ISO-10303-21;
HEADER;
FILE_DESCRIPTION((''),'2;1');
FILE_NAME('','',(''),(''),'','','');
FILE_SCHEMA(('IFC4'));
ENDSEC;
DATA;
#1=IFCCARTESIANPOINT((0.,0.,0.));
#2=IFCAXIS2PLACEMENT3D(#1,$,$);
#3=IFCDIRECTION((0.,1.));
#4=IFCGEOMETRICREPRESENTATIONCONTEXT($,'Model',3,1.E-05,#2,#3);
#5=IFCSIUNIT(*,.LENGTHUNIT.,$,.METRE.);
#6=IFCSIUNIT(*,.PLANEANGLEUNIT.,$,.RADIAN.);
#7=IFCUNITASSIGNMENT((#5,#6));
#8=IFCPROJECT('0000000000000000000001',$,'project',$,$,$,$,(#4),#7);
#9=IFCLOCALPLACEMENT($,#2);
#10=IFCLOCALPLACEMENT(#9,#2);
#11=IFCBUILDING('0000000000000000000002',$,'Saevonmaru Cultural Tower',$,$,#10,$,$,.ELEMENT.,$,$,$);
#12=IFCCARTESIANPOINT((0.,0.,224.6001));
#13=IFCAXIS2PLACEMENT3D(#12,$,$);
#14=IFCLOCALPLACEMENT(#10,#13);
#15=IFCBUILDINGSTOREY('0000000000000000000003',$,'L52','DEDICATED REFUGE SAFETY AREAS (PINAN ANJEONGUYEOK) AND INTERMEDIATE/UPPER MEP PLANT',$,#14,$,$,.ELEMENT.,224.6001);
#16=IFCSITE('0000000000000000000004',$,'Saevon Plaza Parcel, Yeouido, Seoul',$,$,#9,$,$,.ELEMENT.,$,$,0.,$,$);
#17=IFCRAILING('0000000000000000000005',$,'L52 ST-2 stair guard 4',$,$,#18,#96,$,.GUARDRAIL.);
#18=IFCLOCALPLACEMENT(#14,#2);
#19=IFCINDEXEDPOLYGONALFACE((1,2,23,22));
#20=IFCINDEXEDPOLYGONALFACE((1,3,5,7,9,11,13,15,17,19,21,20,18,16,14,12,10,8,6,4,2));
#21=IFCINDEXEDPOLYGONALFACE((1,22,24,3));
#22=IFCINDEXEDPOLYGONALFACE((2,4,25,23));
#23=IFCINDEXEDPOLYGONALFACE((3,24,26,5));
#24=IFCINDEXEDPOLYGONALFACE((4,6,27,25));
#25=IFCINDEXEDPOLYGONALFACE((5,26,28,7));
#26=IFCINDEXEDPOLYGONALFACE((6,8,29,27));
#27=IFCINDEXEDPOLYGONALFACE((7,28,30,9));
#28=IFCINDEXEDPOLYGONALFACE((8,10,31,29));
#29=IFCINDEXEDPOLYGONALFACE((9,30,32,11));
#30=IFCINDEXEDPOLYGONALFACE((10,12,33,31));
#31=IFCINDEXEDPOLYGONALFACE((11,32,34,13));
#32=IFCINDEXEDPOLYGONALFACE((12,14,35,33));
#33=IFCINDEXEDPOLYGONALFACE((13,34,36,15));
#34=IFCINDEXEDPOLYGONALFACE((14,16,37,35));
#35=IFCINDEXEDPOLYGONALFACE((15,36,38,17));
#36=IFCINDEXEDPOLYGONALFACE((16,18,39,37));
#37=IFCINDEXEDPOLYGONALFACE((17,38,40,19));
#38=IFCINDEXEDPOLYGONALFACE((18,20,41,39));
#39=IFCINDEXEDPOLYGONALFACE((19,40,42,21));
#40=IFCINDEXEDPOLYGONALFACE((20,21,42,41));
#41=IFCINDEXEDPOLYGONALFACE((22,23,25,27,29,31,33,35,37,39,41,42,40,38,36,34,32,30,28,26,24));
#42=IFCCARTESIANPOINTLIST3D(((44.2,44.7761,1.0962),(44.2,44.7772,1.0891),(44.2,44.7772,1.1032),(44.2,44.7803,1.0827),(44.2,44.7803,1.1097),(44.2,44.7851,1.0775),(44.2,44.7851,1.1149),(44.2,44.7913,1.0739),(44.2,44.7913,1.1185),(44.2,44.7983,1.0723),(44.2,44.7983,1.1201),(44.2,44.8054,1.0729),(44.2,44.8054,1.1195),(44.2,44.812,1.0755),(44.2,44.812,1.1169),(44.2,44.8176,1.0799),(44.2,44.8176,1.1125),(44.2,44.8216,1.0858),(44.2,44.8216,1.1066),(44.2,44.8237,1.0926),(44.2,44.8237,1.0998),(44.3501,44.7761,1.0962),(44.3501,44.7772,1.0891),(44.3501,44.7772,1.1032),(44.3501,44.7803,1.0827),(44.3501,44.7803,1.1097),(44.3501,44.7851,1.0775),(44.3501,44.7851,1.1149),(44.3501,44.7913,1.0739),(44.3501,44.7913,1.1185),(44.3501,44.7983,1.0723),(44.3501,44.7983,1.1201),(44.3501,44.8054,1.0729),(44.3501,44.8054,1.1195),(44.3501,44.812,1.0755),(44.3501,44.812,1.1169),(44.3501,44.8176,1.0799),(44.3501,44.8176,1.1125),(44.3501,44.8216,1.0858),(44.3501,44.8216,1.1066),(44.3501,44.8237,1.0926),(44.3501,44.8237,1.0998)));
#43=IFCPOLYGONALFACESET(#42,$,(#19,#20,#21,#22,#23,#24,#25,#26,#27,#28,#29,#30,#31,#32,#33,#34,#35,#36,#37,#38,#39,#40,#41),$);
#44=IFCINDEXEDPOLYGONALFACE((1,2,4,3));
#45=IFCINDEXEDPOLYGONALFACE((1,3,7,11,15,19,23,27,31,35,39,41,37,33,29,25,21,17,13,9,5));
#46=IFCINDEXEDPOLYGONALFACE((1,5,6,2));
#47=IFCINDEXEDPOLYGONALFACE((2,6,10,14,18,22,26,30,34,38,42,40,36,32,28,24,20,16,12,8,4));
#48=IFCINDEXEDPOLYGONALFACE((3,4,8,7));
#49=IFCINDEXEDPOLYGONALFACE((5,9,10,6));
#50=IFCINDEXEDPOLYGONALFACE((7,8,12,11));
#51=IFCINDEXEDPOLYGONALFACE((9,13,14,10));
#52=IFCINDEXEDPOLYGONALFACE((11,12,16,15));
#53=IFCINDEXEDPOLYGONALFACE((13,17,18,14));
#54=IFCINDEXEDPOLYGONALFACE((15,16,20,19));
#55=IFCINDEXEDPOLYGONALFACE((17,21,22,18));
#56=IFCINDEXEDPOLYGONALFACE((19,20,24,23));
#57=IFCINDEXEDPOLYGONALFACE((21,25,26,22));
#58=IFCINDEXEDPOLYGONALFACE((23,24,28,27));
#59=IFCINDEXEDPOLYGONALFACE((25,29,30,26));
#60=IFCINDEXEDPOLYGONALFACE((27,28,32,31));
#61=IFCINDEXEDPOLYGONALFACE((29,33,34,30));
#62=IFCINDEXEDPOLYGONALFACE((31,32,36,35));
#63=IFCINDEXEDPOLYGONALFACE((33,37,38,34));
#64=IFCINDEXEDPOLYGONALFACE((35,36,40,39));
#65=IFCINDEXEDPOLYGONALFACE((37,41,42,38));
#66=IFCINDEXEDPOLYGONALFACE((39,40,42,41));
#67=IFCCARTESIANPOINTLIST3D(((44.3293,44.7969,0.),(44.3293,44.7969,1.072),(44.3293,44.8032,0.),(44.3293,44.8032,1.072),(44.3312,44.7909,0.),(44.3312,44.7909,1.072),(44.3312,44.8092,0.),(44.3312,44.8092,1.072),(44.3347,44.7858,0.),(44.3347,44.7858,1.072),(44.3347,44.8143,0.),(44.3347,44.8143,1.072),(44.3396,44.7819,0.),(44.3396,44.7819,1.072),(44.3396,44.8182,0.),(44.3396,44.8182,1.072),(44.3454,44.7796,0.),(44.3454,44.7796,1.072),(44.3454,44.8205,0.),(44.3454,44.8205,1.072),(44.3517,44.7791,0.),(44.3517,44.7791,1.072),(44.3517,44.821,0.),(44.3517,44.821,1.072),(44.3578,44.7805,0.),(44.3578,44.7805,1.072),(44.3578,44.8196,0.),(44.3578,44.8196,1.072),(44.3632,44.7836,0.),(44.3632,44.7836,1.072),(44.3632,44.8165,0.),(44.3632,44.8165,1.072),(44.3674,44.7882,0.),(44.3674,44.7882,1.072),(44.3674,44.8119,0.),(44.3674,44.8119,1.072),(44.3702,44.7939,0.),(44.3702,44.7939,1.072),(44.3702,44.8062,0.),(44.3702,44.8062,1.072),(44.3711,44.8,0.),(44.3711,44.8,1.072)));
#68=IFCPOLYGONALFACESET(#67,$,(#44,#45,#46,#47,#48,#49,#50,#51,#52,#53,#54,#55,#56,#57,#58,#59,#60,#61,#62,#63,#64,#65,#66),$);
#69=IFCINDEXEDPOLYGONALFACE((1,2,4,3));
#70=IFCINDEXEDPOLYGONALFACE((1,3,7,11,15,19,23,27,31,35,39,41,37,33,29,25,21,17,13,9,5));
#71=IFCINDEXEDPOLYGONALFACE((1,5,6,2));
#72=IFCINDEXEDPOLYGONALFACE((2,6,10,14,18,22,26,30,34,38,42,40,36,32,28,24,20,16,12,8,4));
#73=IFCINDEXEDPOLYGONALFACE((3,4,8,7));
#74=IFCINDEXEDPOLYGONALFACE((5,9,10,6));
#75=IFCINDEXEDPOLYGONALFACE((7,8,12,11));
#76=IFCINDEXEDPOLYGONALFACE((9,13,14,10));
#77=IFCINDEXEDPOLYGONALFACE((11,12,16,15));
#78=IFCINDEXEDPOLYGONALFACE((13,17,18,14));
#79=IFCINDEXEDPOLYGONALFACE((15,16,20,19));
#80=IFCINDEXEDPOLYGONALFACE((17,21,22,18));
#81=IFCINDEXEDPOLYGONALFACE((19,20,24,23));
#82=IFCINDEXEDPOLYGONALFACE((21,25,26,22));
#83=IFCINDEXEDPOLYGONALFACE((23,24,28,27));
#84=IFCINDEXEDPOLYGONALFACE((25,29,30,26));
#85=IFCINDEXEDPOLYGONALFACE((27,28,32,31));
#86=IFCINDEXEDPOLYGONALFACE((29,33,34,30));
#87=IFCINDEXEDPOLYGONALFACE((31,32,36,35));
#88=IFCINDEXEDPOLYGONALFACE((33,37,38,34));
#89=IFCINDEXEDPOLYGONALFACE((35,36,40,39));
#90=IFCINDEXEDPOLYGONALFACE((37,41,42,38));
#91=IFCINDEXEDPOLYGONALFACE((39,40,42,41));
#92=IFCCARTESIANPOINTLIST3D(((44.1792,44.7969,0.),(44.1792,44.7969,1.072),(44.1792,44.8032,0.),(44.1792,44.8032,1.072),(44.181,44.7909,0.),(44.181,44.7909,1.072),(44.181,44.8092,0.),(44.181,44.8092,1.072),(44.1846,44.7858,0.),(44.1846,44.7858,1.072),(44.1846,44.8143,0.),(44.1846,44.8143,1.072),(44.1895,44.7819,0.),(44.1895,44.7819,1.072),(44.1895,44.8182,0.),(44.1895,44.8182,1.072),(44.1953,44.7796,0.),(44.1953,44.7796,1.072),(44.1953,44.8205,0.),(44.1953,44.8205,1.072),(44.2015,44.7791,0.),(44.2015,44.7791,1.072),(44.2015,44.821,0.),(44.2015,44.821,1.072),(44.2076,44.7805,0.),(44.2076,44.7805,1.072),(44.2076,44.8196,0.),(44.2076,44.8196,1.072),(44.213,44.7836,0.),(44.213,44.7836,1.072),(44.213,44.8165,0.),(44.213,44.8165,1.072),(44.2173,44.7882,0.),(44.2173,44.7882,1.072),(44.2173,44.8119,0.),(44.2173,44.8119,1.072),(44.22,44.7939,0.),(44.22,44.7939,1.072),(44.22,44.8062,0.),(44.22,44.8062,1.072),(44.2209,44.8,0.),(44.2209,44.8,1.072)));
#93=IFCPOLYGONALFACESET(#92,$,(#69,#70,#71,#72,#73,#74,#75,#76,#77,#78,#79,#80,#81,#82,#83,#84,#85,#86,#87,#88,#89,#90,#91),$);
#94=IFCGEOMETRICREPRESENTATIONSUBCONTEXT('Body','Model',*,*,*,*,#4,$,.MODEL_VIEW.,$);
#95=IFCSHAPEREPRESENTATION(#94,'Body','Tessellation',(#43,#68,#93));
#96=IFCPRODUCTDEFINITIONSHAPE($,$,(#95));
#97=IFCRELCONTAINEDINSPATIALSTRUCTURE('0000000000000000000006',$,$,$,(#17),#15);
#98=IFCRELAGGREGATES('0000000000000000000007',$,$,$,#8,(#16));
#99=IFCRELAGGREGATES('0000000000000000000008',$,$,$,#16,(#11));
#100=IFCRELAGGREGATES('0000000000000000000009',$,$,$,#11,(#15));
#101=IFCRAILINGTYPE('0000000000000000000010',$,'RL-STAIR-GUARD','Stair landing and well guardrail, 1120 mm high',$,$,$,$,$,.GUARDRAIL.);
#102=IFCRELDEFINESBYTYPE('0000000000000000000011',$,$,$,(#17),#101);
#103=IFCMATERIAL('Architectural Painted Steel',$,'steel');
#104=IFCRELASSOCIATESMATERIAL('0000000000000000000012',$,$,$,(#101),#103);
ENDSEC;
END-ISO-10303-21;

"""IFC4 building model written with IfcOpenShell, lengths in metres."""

from ifc_helpers import new_model, si_unit, direction, frame, origin, origin_2d, place, context, subcontext, project, spatial, circle, extrude, material, type_object, element, save


model = new_model("IFC4")

# Units and contexts
model_context = context("Model", 3, precision=1e-05, world=origin(), true_north=direction((0.0, 1.0)))
body_context = subcontext(model_context, "Body", "Model", "MODEL_VIEW")
ifc_project = project(units=[si_unit("LENGTHUNIT", "METRE"), si_unit("PLANEANGLEUNIT", "RADIAN")], contexts=[model_context])

# Site, building, storey
site_placement = place(None, origin())
site = spatial("IfcSite", under=ifc_project, at=site_placement, Name="Saevon Plaza Parcel, Yeouido, Seoul", CompositionType="ELEMENT", RefElevation=0.0)
building_placement = place(site_placement, origin())
building = spatial("IfcBuilding", under=site, at=building_placement, Name="Saevonmaru Cultural Tower", CompositionType="ELEMENT")
storey_placement = place(building_placement, frame((0.0, 0.0, 224.6001)))
storey = spatial("IfcBuildingStorey", under=building, at=storey_placement, Name="L52", Description="DEDICATED REFUGE SAFETY AREAS (PINAN ANJEONGUYEOK) AND INTERMEDIATE/UPPER MEP PLANT", CompositionType="ELEMENT", Elevation=224.6001)

# Railing
ifc_material_1 = material(Name="Architectural Painted Steel", Category="steel")
railing_type_1 = type_object("IfcRailingType", Name="RL-STAIR-GUARD", Description="Stair landing and well guardrail, 1120 mm high", PredefinedType="GUARDRAIL", material=ifc_material_1)
railing_1_placement = place(storey_placement, frame((44.3501, 44.8, 0.0)))
element("IfcRailing", 1, at=railing_1_placement, inside=storey, type_object=railing_type_1, Name="L52 ST-2 stair guard 4", PredefinedType="GUARDRAIL", context=body_context, shape_type="SweptSolid", body=[
    extrude(circle(Radius=0.0239, at=origin_2d()), frame((0.0, 0.0, 1.0962), z_axis=(-1.0, 0.0, 0.0), x_axis=(0.0, -1.0, 0.0)), (0.0, 0.0, 1.0), 0.1501),
    extrude(circle(Radius=0.021, at=origin_2d()), origin(), (0.0, 0.0, 1.0), 1.072),
    extrude(circle(Radius=0.021, at=origin_2d()), frame((-0.1501, 0.0, 0.0)), (0.0, 0.0, 1.0), 1.072),
])

save(model, "model.ifc")
